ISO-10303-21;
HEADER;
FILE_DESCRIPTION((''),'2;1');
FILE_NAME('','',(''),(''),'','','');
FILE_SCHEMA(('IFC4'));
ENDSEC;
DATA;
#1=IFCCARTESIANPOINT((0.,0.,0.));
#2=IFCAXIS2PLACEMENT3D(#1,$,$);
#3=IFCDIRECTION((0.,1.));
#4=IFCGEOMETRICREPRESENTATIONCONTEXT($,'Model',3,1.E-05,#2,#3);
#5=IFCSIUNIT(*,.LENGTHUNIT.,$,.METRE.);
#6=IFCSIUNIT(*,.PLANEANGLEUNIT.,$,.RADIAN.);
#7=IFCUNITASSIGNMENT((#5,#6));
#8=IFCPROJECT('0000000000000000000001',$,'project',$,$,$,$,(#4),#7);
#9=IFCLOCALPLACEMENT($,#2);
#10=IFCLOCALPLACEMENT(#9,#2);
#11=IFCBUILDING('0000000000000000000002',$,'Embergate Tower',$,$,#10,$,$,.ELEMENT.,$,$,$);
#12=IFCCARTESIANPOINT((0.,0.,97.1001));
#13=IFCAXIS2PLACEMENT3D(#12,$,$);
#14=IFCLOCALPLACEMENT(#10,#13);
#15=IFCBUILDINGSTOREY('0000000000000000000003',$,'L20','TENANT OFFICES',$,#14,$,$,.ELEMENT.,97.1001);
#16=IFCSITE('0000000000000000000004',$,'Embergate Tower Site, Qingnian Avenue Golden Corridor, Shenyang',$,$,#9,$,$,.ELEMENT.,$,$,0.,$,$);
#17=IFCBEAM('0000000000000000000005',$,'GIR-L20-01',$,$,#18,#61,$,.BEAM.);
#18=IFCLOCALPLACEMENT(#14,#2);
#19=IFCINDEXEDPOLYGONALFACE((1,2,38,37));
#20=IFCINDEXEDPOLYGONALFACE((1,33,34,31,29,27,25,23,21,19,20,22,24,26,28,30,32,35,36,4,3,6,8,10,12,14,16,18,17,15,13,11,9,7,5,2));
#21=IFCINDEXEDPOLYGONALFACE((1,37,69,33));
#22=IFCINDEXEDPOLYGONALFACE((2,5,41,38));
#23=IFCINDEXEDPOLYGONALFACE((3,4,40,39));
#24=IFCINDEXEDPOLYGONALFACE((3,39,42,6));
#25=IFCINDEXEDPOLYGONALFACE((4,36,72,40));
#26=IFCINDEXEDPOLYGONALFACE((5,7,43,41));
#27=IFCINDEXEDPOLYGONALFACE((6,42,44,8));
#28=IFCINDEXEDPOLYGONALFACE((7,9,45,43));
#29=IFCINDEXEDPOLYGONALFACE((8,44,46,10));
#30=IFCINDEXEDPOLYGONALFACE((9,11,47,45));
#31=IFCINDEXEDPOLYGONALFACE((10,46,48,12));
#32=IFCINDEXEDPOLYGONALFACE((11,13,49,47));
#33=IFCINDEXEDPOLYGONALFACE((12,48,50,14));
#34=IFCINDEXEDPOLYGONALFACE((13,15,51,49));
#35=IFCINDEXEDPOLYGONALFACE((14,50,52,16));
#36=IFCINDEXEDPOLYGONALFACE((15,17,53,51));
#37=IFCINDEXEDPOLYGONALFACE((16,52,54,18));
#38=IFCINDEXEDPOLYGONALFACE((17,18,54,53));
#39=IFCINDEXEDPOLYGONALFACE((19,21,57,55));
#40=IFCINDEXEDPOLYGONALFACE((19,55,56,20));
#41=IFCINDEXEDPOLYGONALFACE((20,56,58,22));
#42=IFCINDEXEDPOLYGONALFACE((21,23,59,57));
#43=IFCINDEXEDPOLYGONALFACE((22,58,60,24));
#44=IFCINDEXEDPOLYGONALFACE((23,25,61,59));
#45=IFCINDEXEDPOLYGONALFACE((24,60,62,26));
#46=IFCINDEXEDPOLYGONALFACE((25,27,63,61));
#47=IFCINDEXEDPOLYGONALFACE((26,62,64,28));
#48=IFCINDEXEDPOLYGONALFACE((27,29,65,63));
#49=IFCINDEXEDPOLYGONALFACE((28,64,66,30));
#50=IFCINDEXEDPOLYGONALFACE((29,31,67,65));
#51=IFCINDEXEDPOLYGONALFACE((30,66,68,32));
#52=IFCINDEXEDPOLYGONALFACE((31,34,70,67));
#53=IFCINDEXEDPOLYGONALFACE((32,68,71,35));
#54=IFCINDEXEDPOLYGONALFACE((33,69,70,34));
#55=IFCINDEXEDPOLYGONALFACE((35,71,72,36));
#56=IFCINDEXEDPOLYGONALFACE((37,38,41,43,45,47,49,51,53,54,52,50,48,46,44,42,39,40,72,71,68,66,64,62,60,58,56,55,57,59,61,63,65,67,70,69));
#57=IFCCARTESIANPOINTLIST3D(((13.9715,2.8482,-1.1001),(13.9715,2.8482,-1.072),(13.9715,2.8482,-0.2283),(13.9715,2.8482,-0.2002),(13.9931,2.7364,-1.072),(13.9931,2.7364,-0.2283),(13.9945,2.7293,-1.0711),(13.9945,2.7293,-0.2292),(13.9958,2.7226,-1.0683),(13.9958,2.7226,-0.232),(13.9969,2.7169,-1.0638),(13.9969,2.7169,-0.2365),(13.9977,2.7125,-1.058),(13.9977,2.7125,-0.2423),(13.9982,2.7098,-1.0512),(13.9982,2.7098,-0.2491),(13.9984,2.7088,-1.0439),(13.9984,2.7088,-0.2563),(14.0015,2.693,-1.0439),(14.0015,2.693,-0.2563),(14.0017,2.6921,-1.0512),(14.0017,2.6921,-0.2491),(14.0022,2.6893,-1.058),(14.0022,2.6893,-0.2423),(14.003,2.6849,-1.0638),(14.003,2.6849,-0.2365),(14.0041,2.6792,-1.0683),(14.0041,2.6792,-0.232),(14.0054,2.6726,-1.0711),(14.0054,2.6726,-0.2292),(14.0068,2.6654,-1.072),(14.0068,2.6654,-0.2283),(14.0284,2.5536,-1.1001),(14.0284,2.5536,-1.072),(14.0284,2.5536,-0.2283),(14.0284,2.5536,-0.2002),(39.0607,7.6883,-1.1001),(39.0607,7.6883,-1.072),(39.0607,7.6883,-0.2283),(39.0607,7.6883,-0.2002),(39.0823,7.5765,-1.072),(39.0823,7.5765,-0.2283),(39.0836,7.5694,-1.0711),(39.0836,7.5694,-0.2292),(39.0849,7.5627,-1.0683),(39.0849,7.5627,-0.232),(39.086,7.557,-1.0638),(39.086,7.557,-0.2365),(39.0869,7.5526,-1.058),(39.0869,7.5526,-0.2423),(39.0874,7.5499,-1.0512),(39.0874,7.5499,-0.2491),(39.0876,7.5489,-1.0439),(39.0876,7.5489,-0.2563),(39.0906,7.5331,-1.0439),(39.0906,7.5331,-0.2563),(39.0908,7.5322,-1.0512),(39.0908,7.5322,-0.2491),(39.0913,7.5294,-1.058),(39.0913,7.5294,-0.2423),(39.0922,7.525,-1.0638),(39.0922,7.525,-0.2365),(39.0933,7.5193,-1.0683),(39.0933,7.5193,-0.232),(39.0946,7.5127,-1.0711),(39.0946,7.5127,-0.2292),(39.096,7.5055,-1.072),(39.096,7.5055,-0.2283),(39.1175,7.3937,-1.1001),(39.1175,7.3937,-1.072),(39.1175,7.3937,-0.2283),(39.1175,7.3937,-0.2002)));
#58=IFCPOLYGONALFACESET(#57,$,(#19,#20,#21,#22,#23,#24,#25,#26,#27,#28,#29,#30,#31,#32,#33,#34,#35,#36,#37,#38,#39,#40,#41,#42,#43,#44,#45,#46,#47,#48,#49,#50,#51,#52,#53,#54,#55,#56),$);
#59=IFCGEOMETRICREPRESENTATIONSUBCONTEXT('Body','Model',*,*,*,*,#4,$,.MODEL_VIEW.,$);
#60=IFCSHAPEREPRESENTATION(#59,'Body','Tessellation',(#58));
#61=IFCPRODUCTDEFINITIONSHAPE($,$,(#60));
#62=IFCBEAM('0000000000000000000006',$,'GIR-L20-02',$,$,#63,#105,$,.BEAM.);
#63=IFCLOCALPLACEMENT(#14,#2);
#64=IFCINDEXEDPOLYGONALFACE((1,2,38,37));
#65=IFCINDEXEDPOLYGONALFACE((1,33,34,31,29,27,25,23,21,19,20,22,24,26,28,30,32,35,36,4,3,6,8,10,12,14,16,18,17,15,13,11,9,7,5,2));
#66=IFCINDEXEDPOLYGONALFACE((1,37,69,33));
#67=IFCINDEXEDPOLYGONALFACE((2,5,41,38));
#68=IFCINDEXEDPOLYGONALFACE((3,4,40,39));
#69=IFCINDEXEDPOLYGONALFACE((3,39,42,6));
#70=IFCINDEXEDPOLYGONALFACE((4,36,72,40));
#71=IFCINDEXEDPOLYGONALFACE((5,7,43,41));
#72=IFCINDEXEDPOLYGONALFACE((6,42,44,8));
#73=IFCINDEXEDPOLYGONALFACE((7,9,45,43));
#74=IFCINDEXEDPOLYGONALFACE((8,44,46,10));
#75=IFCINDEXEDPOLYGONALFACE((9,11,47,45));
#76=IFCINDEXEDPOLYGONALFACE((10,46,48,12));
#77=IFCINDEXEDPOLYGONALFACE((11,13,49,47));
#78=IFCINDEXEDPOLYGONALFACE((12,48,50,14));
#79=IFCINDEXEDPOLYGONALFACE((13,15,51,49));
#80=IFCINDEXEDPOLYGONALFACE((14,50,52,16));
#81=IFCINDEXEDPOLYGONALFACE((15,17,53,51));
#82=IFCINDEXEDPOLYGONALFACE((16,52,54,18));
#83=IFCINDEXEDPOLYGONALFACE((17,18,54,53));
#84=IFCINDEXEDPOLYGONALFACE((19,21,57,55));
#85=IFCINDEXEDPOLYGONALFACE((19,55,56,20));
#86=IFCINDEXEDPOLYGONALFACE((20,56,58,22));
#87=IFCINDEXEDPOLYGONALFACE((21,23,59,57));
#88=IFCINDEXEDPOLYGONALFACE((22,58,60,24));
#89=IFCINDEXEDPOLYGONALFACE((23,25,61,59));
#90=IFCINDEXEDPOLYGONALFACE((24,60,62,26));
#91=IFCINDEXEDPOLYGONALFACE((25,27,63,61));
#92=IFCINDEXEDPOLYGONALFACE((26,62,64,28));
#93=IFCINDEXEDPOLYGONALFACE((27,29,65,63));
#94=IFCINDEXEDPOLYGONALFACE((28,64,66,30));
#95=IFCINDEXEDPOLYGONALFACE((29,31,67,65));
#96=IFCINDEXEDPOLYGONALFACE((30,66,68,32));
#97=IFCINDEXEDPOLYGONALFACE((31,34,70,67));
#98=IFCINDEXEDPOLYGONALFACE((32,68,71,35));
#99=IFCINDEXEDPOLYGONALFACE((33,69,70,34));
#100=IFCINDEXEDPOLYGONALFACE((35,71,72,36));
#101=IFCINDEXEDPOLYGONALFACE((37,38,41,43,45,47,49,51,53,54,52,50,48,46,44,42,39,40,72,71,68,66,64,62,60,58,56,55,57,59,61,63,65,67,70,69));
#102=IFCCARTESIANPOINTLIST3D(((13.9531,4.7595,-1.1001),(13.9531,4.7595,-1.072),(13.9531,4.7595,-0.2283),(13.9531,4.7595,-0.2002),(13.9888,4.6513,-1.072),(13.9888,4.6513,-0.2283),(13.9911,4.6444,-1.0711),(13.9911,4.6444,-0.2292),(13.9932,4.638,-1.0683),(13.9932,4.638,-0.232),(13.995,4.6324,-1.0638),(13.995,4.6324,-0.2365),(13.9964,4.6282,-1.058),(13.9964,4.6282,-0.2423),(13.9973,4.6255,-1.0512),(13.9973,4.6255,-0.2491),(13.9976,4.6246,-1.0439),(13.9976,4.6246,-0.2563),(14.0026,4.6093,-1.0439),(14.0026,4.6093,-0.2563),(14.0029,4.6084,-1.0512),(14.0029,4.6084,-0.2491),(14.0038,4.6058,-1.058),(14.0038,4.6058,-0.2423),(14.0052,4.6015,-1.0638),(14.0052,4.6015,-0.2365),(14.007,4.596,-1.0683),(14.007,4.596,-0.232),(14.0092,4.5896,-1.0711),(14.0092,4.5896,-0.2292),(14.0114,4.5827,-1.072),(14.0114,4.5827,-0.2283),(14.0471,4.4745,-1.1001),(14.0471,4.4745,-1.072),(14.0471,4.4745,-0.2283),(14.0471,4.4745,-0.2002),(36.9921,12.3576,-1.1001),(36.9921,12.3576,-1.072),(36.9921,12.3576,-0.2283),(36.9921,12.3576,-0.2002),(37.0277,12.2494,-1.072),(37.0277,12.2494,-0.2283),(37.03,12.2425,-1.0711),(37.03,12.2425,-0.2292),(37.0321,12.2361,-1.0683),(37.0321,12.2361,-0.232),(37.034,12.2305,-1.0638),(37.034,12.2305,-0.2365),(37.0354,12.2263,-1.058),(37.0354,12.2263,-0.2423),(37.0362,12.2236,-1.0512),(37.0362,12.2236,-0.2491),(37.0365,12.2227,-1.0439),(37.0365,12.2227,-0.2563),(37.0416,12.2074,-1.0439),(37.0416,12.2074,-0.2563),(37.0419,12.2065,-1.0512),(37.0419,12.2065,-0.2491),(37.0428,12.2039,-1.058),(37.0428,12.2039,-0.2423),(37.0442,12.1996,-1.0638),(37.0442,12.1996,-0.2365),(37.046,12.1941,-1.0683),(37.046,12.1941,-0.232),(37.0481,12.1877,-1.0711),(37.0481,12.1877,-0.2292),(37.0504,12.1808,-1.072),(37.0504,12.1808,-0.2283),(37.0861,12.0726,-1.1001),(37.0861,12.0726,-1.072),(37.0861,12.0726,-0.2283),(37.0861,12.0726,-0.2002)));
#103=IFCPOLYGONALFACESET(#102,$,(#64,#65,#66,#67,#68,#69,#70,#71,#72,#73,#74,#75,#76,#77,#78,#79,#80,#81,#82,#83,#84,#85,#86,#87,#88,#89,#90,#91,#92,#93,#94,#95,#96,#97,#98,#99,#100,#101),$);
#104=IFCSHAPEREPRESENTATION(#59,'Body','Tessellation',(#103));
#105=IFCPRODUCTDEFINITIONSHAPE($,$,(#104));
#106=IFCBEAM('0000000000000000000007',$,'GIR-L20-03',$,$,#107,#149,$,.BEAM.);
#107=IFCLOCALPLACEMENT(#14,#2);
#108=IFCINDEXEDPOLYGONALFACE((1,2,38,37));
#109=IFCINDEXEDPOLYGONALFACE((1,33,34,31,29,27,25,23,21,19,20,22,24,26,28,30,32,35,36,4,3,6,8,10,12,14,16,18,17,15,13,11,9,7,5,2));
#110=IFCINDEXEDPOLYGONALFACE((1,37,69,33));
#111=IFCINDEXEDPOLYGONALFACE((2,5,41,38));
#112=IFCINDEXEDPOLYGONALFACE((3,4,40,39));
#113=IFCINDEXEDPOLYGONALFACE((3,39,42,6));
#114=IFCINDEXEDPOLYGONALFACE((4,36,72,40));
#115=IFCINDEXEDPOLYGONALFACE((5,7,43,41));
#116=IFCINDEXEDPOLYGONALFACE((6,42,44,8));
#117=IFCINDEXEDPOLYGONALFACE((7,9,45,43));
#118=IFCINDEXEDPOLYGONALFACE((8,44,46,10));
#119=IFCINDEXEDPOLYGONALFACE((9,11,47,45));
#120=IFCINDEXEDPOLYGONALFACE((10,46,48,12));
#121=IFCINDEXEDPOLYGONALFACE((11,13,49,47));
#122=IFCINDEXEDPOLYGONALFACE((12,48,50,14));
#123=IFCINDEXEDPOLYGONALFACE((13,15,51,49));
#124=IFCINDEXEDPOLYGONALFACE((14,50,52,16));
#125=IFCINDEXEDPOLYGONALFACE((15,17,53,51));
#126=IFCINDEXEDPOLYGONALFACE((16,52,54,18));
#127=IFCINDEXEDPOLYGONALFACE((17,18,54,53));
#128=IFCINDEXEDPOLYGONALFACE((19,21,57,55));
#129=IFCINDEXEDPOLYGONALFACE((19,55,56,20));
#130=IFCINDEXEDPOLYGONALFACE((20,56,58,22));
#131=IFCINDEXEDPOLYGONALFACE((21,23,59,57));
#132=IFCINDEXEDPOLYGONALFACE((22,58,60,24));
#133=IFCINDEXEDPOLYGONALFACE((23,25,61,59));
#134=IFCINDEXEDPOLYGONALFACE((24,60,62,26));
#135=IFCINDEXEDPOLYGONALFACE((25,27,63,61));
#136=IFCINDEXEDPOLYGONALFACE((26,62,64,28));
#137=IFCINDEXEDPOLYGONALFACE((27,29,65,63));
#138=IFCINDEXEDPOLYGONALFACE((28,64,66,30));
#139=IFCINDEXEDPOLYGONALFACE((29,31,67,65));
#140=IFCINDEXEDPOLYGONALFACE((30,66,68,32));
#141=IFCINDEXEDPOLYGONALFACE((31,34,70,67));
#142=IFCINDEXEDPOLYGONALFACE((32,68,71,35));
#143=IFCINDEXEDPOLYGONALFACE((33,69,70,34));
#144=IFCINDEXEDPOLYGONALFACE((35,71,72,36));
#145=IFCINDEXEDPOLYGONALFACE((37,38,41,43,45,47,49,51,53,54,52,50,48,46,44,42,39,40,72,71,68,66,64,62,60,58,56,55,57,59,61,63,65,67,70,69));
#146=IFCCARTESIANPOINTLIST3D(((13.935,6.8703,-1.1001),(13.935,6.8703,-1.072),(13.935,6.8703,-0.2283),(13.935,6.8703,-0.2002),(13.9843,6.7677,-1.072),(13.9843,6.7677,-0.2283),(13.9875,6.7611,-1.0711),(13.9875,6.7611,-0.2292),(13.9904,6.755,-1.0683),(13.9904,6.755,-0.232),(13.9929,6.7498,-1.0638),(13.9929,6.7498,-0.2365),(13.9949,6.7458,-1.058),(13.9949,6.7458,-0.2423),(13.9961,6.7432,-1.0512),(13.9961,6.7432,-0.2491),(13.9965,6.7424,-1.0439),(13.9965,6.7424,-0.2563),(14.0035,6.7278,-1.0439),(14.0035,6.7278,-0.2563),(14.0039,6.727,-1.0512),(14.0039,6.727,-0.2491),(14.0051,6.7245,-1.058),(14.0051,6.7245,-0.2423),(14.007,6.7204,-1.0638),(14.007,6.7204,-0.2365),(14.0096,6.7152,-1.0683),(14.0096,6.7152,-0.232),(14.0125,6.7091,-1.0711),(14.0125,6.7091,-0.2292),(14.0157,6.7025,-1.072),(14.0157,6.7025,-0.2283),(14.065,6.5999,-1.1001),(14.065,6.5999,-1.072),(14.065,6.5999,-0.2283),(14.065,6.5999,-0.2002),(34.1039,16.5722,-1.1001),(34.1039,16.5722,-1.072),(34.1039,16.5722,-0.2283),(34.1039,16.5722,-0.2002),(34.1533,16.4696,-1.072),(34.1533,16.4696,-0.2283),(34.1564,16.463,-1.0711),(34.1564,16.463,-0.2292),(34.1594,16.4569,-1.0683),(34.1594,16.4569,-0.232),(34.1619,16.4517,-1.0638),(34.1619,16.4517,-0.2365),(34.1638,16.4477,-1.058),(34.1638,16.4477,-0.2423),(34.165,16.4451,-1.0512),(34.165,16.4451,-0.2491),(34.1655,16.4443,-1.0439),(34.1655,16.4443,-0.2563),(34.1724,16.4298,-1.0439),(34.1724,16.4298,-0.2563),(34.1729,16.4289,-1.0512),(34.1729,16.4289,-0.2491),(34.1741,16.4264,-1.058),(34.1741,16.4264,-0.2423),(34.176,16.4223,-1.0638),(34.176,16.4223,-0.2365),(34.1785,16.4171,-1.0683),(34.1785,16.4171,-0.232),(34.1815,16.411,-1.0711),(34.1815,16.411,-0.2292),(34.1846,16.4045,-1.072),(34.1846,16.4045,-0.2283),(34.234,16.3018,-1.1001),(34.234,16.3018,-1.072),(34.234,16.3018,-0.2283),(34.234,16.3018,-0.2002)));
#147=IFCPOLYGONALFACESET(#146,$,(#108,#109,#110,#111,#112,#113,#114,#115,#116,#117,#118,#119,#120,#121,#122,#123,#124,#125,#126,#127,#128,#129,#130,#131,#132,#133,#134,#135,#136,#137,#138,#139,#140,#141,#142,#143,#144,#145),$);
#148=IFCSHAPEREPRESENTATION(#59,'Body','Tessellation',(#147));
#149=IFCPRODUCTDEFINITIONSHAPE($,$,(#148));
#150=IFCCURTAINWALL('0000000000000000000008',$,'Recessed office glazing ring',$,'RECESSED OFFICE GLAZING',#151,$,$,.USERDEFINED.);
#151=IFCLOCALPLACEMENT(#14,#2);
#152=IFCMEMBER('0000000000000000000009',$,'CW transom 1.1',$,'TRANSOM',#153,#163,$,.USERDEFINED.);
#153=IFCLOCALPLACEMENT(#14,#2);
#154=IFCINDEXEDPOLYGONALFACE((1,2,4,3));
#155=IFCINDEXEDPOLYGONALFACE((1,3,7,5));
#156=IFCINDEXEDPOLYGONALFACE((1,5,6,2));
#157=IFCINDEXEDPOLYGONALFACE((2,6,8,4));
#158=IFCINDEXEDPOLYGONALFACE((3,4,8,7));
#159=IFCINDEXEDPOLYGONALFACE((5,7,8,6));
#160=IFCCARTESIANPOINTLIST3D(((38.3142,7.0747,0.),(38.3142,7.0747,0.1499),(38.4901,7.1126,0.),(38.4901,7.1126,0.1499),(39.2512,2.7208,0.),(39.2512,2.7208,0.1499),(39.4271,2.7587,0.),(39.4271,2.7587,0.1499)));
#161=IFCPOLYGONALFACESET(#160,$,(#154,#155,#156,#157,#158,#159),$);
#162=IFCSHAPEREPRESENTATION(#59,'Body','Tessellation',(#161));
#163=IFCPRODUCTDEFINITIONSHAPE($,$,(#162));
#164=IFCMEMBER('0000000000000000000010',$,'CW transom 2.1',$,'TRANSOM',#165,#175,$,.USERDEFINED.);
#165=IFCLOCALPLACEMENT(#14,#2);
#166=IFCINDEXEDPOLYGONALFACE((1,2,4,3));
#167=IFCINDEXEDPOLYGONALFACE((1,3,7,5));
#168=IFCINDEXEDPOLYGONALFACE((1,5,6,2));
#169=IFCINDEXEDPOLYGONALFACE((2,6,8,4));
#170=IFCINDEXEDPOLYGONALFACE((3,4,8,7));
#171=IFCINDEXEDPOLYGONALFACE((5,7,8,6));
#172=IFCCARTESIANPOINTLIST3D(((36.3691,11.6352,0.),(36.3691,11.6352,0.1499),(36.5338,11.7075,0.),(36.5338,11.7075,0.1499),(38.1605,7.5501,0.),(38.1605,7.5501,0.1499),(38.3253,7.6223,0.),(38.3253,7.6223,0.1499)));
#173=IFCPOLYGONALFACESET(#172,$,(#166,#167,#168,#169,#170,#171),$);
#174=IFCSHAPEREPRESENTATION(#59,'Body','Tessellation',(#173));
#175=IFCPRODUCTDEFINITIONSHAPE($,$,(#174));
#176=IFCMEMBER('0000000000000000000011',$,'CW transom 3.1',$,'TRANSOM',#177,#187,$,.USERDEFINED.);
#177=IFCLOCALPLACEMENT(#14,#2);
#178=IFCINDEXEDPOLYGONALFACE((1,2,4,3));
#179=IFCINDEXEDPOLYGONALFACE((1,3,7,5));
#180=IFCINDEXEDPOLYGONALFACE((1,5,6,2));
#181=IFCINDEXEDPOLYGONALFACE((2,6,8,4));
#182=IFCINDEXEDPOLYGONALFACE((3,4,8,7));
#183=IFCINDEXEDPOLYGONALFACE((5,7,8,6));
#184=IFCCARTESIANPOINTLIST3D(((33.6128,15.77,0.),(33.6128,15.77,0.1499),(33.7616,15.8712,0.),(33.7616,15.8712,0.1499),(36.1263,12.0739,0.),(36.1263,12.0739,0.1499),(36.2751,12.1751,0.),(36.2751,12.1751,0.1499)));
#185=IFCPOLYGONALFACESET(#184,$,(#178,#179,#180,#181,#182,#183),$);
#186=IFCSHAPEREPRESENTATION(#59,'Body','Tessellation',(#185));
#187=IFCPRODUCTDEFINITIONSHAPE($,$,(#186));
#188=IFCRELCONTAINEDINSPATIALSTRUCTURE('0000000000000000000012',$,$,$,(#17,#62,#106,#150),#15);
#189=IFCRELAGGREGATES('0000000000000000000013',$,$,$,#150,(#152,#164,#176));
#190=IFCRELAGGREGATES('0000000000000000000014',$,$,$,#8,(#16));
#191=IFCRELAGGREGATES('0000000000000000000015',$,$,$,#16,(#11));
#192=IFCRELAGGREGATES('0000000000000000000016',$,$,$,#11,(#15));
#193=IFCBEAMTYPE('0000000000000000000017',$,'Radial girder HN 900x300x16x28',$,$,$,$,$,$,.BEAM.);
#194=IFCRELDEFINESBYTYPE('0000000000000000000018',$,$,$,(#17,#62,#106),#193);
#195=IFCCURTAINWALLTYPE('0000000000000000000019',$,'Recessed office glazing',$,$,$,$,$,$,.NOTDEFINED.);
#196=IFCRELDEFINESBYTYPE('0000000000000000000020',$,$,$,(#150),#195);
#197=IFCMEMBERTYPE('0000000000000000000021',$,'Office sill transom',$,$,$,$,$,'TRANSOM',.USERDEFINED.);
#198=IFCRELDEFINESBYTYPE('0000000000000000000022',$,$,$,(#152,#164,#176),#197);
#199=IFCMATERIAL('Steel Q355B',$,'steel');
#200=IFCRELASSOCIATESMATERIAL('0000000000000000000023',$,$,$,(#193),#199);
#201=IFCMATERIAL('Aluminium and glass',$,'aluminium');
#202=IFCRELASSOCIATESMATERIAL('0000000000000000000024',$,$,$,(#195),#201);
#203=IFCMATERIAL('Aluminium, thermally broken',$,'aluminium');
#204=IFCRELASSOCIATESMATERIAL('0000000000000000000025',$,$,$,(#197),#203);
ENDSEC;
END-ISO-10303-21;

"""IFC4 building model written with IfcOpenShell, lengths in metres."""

from ifc_helpers import new_model, si_unit, direction, frame, origin, origin_2d, place, context, subcontext, project, spatial, rectangle, i_section, extrude, source, transform, mapped, material, material_profile, profile_set, type_object, element, aggregate, save


model = new_model("IFC4")

# Units and contexts
model_context = context("Model", 3, precision=1e-05, world=origin(), true_north=direction((0.0, 1.0)))
body_context = subcontext(model_context, "Body", "Model", "MODEL_VIEW")
ifc_project = project(units=[si_unit("LENGTHUNIT", "METRE"), si_unit("PLANEANGLEUNIT", "RADIAN")], contexts=[model_context])

# Site, building, storey
site_placement = place(None, origin())
site = spatial("IfcSite", under=ifc_project, at=site_placement, Name="Embergate Tower Site, Qingnian Avenue Golden Corridor, Shenyang", CompositionType="ELEMENT", RefElevation=0.0)
building_placement = place(site_placement, origin())
building = spatial("IfcBuilding", under=site, at=building_placement, Name="Embergate Tower", CompositionType="ELEMENT")
storey_placement = place(building_placement, frame((0.0, 0.0, 97.1001)))
storey = spatial("IfcBuildingStorey", under=building, at=storey_placement, Name="L20", Description="TENANT OFFICES", CompositionType="ELEMENT", Elevation=97.1001)

# Beams
ifc_material_1 = material(Name="Steel Q355B", Category="steel")
ifc_material_profile_1 = material_profile(ifc_material_1, i_section(OverallWidth=0.3, OverallDepth=0.8999, WebThickness=0.0161, FlangeThickness=0.0281, FilletRadius=0.0281, at=origin_2d()), Name="HN 900x300x16x28")
ifc_profile_set_1 = profile_set([ifc_material_profile_1], Name="Steel Q355 grade B")
beam_type_1 = type_object("IfcBeamType", Name="Radial girder HN 900x300x16x28", PredefinedType="BEAM", material=ifc_profile_set_1)
shared_shape_1 = source(origin(), body_context, "Body", "SweptSolid", [
    extrude(i_section(OverallWidth=0.3, OverallDepth=0.8999, WebThickness=0.0161, FlangeThickness=0.0281, FilletRadius=0.0281, at=origin_2d()), origin(), (0.0, 0.0, 1.0), 25.5518),
])
beam_1_placement = place(storey_placement, frame((39.0891, 7.541, -0.6501), z_axis=(-0.981896, -0.189423, 0.0), x_axis=(0.189423, -0.981896, 0.0)))
element("IfcBeam", 1, at=beam_1_placement, inside=storey, type_object=beam_type_1, Name="GIR-L20-01", PredefinedType="BEAM", context=body_context, shape_type="MappedRepresentation", body=[
    mapped(shared_shape_1, transform((0.0, 0.0, 0.0))),
])
shared_shape_2 = source(origin(), body_context, "Body", "SweptSolid", [
    extrude(i_section(OverallWidth=0.3, OverallDepth=0.8999, WebThickness=0.0161, FlangeThickness=0.0281, FilletRadius=0.0281, at=origin_2d()), origin(), (0.0, 0.0, 1.0), 24.2595),
])
beam_2_placement = place(storey_placement, frame((37.0391, 12.2151, -0.6501), z_axis=(-0.949687, -0.313201, 0.0), x_axis=(0.313201, -0.949687, 0.0)))
element("IfcBeam", 2, at=beam_2_placement, inside=storey, type_object=beam_type_1, Name="GIR-L20-02", PredefinedType="BEAM", context=body_context, shape_type="MappedRepresentation", body=[
    mapped(shared_shape_2, transform((0.0, 0.0, 0.0))),
])
shared_shape_3 = source(origin(), body_context, "Body", "SweptSolid", [
    extrude(i_section(OverallWidth=0.3, OverallDepth=0.8999, WebThickness=0.0161, FlangeThickness=0.0281, FilletRadius=0.0281, at=origin_2d()), origin(), (0.0, 0.0, 1.0), 22.3811),
])
beam_3_placement = place(storey_placement, frame((34.1689, 16.437, -0.6501), z_axis=(-0.90116, -0.433487, 0.0), x_axis=(0.433487, -0.90116, 0.0)))
element("IfcBeam", 3, at=beam_3_placement, inside=storey, type_object=beam_type_1, Name="GIR-L20-03", PredefinedType="BEAM", context=body_context, shape_type="MappedRepresentation", body=[
    mapped(shared_shape_3, transform((0.0, 0.0, 0.0))),
])

# Curtain wall, members
ifc_material_2 = material(Name="Aluminium and glass", Category="aluminium")
curtain_wall_type = type_object("IfcCurtainWallType", Name="Recessed office glazing", PredefinedType="NOTDEFINED", material=ifc_material_2)
curtain_wall_placement = place(storey_placement, origin())
curtain_wall = element("IfcCurtainWall", 4, at=curtain_wall_placement, inside=storey, type_object=curtain_wall_type, Name="Recessed office glazing ring", ObjectType="RECESSED OFFICE GLAZING", PredefinedType="USERDEFINED")
ifc_material_3 = material(Name="Aluminium, thermally broken", Category="aluminium")
ifc_material_profile_2 = material_profile(ifc_material_3, rectangle(XDim=0.1799, YDim=0.1499, at=origin_2d()), Name="AL 150x180")
ifc_profile_set_2 = profile_set([ifc_material_profile_2], Name="Aluminium, thermally broken")
member_type_1 = type_object("IfcMemberType", Name="Office sill transom", ElementType="TRANSOM", PredefinedType="USERDEFINED", material=ifc_profile_set_2)
shared_shape_4 = source(origin(), body_context, "Body", "SweptSolid", [
    extrude(rectangle(XDim=0.1799, YDim=0.1499, at=origin_2d()), origin(), (0.0, 0.0, 1.0), 4.4536),
])
member_1_placement = place(storey_placement, frame((39.3391, 2.7397, 0.075), z_axis=(-0.21039, 0.977618, 0.0), x_axis=(-0.977618, -0.21039, 0.0)))
member_1 = element("IfcMember", 5, at=member_1_placement, type_object=member_type_1, Name="CW transom 1.1", ObjectType="TRANSOM", PredefinedType="USERDEFINED", context=body_context, shape_type="MappedRepresentation", body=[
    mapped(shared_shape_4, transform((0.0, 0.0, 0.0))),
])
shared_shape_5 = source(origin(), body_context, "Body", "SweptSolid", [
    extrude(rectangle(XDim=0.1799, YDim=0.1499, at=origin_2d()), origin(), (0.0, 0.0, 1.0), 4.4607),
])
member_2_placement = place(storey_placement, frame((38.2429, 7.5862, 0.075), z_axis=(-0.401614, 0.915809, 0.0), x_axis=(-0.915809, -0.401614, 0.0)))
member_2 = element("IfcMember", 6, at=member_2_placement, type_object=member_type_1, Name="CW transom 2.1", ObjectType="TRANSOM", PredefinedType="USERDEFINED", context=body_context, shape_type="MappedRepresentation", body=[
    mapped(shared_shape_5, transform((0.0, 0.0, 0.0))),
])
shared_shape_6 = source(origin(), body_context, "Body", "SweptSolid", [
    extrude(rectangle(XDim=0.1799, YDim=0.1499, at=origin_2d()), origin(), (0.0, 0.0, 1.0), 4.4697),
])
member_3_placement = place(storey_placement, frame((36.2007, 12.1245, 0.075), z_axis=(-0.562328, 0.826914, 0.0), x_axis=(-0.826914, -0.562328, 0.0)))
member_3 = element("IfcMember", 7, at=member_3_placement, type_object=member_type_1, Name="CW transom 3.1", ObjectType="TRANSOM", PredefinedType="USERDEFINED", context=body_context, shape_type="MappedRepresentation", body=[
    mapped(shared_shape_6, transform((0.0, 0.0, 0.0))),
])
aggregate(curtain_wall, [member_1, member_2, member_3])

save(model, "model.ifc")
